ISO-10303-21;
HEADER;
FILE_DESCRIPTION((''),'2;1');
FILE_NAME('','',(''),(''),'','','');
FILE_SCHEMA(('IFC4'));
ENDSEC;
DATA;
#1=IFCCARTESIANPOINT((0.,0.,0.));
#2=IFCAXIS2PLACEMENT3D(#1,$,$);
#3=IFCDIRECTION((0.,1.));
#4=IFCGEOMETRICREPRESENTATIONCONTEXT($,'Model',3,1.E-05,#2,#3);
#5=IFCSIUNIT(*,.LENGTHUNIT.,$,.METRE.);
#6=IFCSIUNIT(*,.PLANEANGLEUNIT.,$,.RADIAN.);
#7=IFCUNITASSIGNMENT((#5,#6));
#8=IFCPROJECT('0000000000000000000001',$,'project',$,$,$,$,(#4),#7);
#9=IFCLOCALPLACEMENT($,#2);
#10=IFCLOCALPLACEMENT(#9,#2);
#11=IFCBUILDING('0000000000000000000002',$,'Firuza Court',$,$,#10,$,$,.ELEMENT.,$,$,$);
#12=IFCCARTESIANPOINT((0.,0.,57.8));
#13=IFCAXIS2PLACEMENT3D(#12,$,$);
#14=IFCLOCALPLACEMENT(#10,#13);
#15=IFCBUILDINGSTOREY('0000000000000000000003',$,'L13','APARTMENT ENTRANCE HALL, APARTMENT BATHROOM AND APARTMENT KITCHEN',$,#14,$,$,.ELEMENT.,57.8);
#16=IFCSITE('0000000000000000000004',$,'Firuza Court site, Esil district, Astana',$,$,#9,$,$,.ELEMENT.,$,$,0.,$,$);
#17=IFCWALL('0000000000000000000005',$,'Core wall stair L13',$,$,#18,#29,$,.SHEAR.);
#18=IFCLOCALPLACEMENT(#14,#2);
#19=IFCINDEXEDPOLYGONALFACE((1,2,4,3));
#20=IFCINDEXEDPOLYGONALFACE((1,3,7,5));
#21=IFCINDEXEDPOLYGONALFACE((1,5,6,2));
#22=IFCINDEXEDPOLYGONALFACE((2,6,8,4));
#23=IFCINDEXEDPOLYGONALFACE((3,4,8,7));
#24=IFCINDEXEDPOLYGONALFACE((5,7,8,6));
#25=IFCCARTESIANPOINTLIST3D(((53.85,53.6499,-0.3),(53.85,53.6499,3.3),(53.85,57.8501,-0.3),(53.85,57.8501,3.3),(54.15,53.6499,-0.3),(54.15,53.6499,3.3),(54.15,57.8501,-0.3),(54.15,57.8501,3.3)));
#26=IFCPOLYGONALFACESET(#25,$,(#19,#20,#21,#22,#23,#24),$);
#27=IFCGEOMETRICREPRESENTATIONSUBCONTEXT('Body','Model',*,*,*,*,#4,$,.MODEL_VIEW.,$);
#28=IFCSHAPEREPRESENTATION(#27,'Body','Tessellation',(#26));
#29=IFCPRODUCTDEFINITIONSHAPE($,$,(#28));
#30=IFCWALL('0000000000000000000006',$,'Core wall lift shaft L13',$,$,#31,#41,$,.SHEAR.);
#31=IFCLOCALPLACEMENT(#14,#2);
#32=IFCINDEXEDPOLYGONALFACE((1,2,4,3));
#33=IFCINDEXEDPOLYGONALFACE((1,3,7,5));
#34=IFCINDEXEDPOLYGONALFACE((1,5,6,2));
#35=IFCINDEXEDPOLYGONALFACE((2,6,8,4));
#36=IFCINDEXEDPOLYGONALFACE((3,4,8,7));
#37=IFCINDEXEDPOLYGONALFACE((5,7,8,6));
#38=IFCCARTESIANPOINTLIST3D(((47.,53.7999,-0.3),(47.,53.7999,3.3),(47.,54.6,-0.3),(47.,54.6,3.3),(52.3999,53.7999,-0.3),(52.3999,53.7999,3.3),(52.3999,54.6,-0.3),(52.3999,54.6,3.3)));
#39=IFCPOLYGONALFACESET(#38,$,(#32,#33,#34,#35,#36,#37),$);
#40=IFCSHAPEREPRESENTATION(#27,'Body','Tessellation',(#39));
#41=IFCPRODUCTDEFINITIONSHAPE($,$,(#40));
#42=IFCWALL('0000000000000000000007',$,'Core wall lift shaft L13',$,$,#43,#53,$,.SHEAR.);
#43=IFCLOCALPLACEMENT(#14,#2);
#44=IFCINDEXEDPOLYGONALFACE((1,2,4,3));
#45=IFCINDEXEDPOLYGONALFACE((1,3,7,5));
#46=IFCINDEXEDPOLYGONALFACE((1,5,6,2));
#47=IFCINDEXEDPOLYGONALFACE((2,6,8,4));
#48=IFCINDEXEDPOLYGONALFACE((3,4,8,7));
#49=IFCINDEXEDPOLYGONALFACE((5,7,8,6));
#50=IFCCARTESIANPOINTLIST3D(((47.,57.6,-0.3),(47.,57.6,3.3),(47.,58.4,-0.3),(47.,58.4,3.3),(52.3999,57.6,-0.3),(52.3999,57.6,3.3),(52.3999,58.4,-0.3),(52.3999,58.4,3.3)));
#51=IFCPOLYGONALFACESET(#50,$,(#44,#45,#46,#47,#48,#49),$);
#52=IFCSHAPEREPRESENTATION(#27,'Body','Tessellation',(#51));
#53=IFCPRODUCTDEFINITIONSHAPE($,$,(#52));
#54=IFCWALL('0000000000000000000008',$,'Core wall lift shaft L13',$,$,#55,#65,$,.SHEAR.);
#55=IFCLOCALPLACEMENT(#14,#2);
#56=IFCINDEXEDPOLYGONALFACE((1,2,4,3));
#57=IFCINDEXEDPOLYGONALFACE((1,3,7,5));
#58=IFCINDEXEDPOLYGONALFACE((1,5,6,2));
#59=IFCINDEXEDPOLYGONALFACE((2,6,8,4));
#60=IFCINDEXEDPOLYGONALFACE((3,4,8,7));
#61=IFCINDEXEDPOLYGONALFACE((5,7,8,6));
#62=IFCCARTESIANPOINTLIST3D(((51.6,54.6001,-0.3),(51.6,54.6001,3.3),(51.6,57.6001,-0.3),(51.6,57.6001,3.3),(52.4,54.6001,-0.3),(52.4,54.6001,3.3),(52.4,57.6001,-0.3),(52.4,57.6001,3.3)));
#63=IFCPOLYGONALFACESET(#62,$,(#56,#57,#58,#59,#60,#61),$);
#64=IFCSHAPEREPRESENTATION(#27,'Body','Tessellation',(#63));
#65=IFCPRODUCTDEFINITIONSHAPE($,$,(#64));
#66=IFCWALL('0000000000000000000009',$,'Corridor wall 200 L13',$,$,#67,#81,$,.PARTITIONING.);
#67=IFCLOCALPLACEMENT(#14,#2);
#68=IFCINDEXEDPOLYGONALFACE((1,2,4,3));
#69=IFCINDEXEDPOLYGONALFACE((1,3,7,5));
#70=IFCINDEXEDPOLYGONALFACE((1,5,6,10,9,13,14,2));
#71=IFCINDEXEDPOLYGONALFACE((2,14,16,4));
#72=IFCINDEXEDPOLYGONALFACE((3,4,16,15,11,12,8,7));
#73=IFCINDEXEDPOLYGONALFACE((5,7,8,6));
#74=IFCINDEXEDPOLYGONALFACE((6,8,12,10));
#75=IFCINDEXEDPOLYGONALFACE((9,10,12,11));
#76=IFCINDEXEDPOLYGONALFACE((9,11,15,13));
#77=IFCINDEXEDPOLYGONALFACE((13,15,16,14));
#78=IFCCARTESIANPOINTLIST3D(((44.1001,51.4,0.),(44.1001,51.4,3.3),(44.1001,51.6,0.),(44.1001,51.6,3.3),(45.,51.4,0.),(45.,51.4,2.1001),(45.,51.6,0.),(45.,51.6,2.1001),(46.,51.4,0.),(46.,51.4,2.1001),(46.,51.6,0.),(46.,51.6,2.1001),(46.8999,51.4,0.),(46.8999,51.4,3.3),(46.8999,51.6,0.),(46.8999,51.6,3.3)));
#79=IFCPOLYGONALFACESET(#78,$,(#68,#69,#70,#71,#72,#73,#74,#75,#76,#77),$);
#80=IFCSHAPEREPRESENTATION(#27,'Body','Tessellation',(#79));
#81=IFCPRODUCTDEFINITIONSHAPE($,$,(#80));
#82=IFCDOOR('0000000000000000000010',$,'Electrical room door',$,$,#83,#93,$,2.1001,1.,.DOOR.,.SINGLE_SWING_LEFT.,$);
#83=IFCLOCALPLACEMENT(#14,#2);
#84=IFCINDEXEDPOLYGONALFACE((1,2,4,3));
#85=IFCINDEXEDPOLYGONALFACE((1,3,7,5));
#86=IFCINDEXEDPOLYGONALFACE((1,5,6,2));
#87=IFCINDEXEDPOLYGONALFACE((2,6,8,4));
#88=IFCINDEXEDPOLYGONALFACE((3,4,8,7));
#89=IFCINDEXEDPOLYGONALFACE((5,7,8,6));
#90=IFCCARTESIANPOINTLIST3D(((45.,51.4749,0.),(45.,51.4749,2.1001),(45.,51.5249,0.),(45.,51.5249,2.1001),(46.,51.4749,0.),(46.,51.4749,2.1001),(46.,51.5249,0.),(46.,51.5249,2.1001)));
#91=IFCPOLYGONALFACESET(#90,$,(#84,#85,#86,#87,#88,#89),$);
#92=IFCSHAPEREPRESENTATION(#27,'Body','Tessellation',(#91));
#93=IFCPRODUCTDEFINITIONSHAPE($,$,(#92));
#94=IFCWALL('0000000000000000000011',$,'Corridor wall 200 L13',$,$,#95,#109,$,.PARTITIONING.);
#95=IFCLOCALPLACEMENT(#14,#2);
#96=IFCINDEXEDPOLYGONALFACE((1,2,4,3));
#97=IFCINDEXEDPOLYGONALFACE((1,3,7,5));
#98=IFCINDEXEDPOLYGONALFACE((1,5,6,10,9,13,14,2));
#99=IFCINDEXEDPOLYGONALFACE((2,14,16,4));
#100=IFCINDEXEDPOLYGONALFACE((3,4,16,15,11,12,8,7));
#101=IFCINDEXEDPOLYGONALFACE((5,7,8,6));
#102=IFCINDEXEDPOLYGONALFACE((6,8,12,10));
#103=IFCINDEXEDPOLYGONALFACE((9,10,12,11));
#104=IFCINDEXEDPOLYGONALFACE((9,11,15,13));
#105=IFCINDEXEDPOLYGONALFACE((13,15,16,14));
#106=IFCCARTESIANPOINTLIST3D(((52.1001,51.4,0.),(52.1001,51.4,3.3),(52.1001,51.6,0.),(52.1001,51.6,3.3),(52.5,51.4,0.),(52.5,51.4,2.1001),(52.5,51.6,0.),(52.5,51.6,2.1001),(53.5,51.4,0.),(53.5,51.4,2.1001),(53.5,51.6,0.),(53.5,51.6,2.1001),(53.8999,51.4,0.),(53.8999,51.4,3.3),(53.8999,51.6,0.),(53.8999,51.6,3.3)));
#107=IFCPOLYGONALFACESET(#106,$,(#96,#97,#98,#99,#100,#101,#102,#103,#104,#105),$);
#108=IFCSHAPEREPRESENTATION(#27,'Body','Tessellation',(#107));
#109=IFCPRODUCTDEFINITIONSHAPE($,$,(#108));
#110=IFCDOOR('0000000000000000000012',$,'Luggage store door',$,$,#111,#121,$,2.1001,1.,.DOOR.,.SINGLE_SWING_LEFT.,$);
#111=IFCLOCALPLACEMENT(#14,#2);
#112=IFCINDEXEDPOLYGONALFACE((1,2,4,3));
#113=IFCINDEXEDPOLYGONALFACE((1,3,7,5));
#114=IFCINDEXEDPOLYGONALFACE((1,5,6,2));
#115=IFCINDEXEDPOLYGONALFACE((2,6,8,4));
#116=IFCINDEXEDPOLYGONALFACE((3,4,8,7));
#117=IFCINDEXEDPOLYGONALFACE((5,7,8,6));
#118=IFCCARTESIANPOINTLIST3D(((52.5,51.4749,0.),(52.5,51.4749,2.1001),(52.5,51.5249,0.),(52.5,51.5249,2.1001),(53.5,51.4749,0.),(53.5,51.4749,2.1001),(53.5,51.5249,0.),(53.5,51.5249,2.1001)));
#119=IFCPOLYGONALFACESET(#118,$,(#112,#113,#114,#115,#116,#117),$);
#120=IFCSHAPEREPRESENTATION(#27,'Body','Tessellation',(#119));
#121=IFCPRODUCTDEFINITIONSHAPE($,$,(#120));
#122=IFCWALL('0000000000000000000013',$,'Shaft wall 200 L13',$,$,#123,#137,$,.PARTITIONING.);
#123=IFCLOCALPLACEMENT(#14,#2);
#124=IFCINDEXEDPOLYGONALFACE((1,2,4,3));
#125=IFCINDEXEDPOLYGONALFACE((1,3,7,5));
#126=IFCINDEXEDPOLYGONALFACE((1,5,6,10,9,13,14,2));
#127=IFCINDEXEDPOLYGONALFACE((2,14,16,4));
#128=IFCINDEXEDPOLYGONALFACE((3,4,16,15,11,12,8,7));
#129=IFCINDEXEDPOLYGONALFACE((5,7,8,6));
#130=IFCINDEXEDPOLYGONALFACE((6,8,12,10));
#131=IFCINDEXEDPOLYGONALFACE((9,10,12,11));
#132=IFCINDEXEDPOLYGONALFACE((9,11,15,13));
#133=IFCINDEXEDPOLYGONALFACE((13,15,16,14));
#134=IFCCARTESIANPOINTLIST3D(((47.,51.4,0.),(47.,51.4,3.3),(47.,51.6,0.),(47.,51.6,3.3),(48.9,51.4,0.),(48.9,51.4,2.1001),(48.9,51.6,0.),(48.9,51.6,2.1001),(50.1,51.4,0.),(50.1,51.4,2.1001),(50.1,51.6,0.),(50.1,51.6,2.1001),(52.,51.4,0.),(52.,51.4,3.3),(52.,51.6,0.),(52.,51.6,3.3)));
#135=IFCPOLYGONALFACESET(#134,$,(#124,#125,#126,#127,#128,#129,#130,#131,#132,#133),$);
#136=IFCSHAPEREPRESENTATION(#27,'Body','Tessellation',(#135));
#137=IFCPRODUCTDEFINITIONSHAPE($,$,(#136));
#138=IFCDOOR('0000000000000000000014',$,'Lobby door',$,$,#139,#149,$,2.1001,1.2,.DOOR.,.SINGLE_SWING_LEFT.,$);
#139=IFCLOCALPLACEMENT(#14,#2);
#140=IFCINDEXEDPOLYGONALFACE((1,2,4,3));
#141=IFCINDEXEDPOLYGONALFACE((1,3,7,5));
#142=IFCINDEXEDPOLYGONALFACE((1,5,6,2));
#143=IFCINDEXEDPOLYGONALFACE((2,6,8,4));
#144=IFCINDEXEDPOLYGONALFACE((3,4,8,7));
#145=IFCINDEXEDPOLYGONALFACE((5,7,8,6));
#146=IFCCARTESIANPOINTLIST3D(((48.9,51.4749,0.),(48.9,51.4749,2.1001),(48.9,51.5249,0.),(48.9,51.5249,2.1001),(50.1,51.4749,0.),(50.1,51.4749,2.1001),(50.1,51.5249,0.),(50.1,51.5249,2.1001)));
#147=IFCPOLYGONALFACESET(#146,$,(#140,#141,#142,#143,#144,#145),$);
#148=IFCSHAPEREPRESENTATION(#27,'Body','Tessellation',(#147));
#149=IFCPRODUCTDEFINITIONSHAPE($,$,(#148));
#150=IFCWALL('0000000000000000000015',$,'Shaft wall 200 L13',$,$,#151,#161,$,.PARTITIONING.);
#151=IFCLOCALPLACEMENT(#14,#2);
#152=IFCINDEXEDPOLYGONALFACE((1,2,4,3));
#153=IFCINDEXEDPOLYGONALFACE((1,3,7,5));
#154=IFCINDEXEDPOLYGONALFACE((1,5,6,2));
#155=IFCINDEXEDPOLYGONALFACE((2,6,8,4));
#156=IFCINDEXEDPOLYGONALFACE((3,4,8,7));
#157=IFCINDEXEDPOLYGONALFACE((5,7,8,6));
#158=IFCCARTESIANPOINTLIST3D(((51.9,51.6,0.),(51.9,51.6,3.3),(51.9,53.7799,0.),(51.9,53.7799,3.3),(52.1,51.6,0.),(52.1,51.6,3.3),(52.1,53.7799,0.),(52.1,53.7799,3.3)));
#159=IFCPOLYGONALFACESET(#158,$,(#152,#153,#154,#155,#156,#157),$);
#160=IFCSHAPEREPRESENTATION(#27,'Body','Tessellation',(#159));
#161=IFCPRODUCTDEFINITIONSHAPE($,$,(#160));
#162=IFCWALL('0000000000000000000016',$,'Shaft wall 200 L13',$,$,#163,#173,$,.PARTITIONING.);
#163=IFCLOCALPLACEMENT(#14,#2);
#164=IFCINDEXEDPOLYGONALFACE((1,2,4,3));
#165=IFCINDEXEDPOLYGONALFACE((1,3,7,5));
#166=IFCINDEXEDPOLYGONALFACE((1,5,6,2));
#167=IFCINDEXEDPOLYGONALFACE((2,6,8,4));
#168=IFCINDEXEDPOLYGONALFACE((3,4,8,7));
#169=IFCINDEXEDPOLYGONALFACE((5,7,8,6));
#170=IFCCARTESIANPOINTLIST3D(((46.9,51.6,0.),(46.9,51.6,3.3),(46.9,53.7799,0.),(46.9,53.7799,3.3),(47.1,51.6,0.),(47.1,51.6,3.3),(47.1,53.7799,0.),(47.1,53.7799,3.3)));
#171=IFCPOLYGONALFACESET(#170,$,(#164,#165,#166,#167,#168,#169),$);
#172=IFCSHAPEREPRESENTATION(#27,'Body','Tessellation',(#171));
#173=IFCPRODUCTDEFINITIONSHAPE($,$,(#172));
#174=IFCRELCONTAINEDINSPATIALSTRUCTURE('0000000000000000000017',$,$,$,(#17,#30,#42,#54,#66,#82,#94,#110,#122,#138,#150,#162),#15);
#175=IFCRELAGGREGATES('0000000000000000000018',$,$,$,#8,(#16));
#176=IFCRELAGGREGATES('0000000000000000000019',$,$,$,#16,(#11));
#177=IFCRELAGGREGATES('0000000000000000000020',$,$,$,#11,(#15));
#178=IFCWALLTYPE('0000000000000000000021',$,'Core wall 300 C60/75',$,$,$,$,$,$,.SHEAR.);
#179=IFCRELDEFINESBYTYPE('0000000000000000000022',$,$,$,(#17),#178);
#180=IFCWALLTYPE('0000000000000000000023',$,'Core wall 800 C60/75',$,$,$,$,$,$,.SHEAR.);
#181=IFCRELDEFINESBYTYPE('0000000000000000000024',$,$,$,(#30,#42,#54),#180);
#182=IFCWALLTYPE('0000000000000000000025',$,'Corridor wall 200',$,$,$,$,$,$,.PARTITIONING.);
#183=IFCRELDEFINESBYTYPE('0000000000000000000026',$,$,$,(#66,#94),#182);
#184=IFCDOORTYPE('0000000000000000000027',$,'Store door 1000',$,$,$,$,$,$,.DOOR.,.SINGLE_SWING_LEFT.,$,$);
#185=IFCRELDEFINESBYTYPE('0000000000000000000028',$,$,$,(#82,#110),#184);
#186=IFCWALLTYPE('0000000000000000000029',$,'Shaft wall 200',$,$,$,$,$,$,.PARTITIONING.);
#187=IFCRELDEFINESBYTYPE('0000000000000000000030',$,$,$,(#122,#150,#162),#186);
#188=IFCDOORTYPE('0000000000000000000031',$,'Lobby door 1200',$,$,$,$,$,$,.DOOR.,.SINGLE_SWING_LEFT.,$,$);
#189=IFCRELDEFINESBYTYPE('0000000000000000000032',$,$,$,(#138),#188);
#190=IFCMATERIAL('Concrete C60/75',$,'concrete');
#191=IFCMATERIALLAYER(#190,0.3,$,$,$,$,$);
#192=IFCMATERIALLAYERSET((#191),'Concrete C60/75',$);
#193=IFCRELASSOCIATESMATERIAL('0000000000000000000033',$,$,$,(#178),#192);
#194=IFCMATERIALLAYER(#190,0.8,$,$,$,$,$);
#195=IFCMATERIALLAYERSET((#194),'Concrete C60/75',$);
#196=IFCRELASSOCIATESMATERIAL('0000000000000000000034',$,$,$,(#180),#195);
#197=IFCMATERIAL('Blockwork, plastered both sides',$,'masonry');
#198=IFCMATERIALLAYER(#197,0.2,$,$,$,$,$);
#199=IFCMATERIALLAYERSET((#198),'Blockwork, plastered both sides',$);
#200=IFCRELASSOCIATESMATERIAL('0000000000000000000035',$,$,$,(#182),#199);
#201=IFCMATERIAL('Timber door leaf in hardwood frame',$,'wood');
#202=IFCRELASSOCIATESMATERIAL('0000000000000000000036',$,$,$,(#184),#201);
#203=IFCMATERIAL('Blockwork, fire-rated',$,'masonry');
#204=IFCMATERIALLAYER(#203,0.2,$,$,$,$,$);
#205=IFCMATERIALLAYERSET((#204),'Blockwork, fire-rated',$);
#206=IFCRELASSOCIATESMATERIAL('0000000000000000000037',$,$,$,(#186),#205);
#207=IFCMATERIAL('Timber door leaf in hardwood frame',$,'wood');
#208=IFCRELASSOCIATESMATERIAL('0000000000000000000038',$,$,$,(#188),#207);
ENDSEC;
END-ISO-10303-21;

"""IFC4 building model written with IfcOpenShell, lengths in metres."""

from ifc_helpers import new_model, si_unit, direction, frame, frame_2d, origin, place, context, subcontext, project, spatial, rectangle, extrude, material, layer, layer_set, type_object, element, fill, save


model = new_model("IFC4")

# Units and contexts
model_context = context("Model", 3, precision=1e-05, world=origin(), true_north=direction((0.0, 1.0)))
body_context = subcontext(model_context, "Body", "Model", "MODEL_VIEW")
ifc_project = project(units=[si_unit("LENGTHUNIT", "METRE"), si_unit("PLANEANGLEUNIT", "RADIAN")], contexts=[model_context])

# Site, building, storey
site_placement = place(None, origin())
site = spatial("IfcSite", under=ifc_project, at=site_placement, Name="Firuza Court site, Esil district, Astana", CompositionType="ELEMENT", RefElevation=0.0)
building_placement = place(site_placement, origin())
building = spatial("IfcBuilding", under=site, at=building_placement, Name="Firuza Court", CompositionType="ELEMENT")
storey_placement = place(building_placement, frame((0.0, 0.0, 57.8)))
storey = spatial("IfcBuildingStorey", under=building, at=storey_placement, Name="L13", Description="APARTMENT ENTRANCE HALL, APARTMENT BATHROOM AND APARTMENT KITCHEN", CompositionType="ELEMENT", Elevation=57.8)

# Shared definitions
ifc_material_1 = material(Name="Concrete C60/75", Category="concrete")
ifc_layer_1 = layer(ifc_material_1, 0.3)
ifc_layer_set_1 = layer_set([ifc_layer_1], Name="Concrete C60/75")
wall_type_1 = type_object("IfcWallType", Name="Core wall 300 C60/75", PredefinedType="SHEAR", material=ifc_layer_set_1)

# Walls
wall_1_placement = place(storey_placement, frame((54.0, 53.6499, -0.3), z_axis=(0.0, 0.0, 1.0), x_axis=(0.0, 1.0, 0.0)))
element("IfcWall", 1, at=wall_1_placement, inside=storey, type_object=wall_type_1, Name="Core wall stair L13", PredefinedType="SHEAR", context=body_context, shape_type="SweptSolid", body=[
    extrude(rectangle(XDim=4.2002, YDim=0.3, at=frame_2d((2.1001, 0.0))), origin(), (0.0, 0.0, 1.0), 3.6001),
])
ifc_layer_2 = layer(ifc_material_1, 0.8)
ifc_layer_set_2 = layer_set([ifc_layer_2], Name="Concrete C60/75")
wall_type_2 = type_object("IfcWallType", Name="Core wall 800 C60/75", PredefinedType="SHEAR", material=ifc_layer_set_2)
for number, where, z_axis, x_axis, name in (
    (2, (47.0, 54.2, -0.3), (0.0, 0.0, 1.0), (1.0, 0.0, 0.0), "Core wall lift shaft L13"),
    (3, (47.0, 58.0, -0.3), (0.0, 0.0, 1.0), (1.0, 0.0, 0.0), "Core wall lift shaft L13"),
):
    element("IfcWall", number, at=place(storey_placement, frame(where, z_axis=z_axis, x_axis=x_axis)), inside=storey, type_object=wall_type_2, Name=name, PredefinedType="SHEAR", context=body_context, shape_type="SweptSolid", body=[
        extrude(rectangle(XDim=5.3999, YDim=0.8, at=frame_2d((2.7, 0.0))), origin(), (0.0, 0.0, 1.0), 3.6001),
    ])
wall_2_placement = place(storey_placement, frame((52.0, 54.6001, -0.3), z_axis=(0.0, 0.0, 1.0), x_axis=(0.0, 1.0, 0.0)))
element("IfcWall", 4, at=wall_2_placement, inside=storey, type_object=wall_type_2, Name="Core wall lift shaft L13", PredefinedType="SHEAR", context=body_context, shape_type="SweptSolid", body=[
    extrude(rectangle(XDim=3.0, YDim=0.8, at=frame_2d((1.5, 0.0))), origin(), (0.0, 0.0, 1.0), 3.6001),
])

# Walls, openings, doors
ifc_material_2 = material(Name="Blockwork, plastered both sides", Category="masonry")
ifc_layer_3 = layer(ifc_material_2, 0.2)
ifc_layer_set_3 = layer_set([ifc_layer_3], Name="Blockwork, plastered both sides")
wall_type_3 = type_object("IfcWallType", Name="Corridor wall 200", PredefinedType="PARTITIONING", material=ifc_layer_set_3)
wall_3_placement = place(storey_placement, frame((44.1001, 51.5, 0.0), z_axis=(0.0, 0.0, 1.0), x_axis=(1.0, 0.0, 0.0)))
wall_3 = element("IfcWall", 5, at=wall_3_placement, inside=storey, type_object=wall_type_3, Name="Corridor wall 200 L13", PredefinedType="PARTITIONING", context=body_context, shape_type="SweptSolid", body=[
    extrude(rectangle(XDim=2.7998, YDim=0.2, at=frame_2d((1.3999, 0.0))), origin(), (0.0, 0.0, 1.0), 3.3),
])
opening_1_placement = place(wall_3_placement, frame((0.8999, 0.0, 0.0)))
opening_1 = element("IfcOpeningElement", 6, at=opening_1_placement, cuts=wall_3, PredefinedType="OPENING", context=body_context, shape_type="SweptSolid", body=[
    extrude(rectangle(XDim=1.0, YDim=2.1001, at=frame_2d((0.5, 1.05))), frame((0.0, 0.1118, 0.0), z_axis=(0.0, -1.0, 0.0), x_axis=(1.0, 0.0, 0.0)), (0.0, 0.0, 1.0), 0.2239),
])
ifc_material_3 = material(Name="Timber door leaf in hardwood frame", Category="wood")
door_type_1 = type_object("IfcDoorType", Name="Store door 1000", OperationType="SINGLE_SWING_LEFT", PredefinedType="DOOR", material=ifc_material_3)
door_1_placement = place(opening_1_placement, origin())
door_1 = element("IfcDoor", 7, at=door_1_placement, inside=storey, type_object=door_type_1, Name="Electrical room door", OperationType="SINGLE_SWING_LEFT", OverallHeight=2.1001, OverallWidth=1.0, PredefinedType="DOOR", context=body_context, shape_type="SweptSolid", body=[
    extrude(rectangle(XDim=1.0, YDim=2.1001, at=frame_2d((0.5, 1.05))), frame((0.0, 0.0249, 0.0), z_axis=(0.0, -1.0, 0.0), x_axis=(1.0, 0.0, 0.0)), (0.0, 0.0, 1.0), 0.05),
])
fill(opening_1, door_1)
wall_4_placement = place(storey_placement, frame((52.1001, 51.5, 0.0), z_axis=(0.0, 0.0, 1.0), x_axis=(1.0, 0.0, 0.0)))
wall_4 = element("IfcWall", 8, at=wall_4_placement, inside=storey, type_object=wall_type_3, Name="Corridor wall 200 L13", PredefinedType="PARTITIONING", context=body_context, shape_type="SweptSolid", body=[
    extrude(rectangle(XDim=1.7998, YDim=0.2, at=frame_2d((0.8999, 0.0))), origin(), (0.0, 0.0, 1.0), 3.3),
])
opening_2_placement = place(wall_4_placement, frame((0.3999, 0.0, 0.0)))
opening_2 = element("IfcOpeningElement", 9, at=opening_2_placement, cuts=wall_4, PredefinedType="OPENING", context=body_context, shape_type="SweptSolid", body=[
    extrude(rectangle(XDim=1.0, YDim=2.1001, at=frame_2d((0.5, 1.05))), frame((0.0, 0.1118, 0.0), z_axis=(0.0, -1.0, 0.0), x_axis=(1.0, 0.0, 0.0)), (0.0, 0.0, 1.0), 0.2239),
])
door_2_placement = place(opening_2_placement, origin())
door_2 = element("IfcDoor", 10, at=door_2_placement, inside=storey, type_object=door_type_1, Name="Luggage store door", OperationType="SINGLE_SWING_LEFT", OverallHeight=2.1001, OverallWidth=1.0, PredefinedType="DOOR", context=body_context, shape_type="SweptSolid", body=[
    extrude(rectangle(XDim=1.0, YDim=2.1001, at=frame_2d((0.5, 1.05))), frame((0.0, 0.0249, 0.0), z_axis=(0.0, -1.0, 0.0), x_axis=(1.0, 0.0, 0.0)), (0.0, 0.0, 1.0), 0.05),
])
fill(opening_2, door_2)
ifc_material_4 = material(Name="Blockwork, fire-rated", Category="masonry")
ifc_layer_4 = layer(ifc_material_4, 0.2)
ifc_layer_set_4 = layer_set([ifc_layer_4], Name="Blockwork, fire-rated")
wall_type_4 = type_object("IfcWallType", Name="Shaft wall 200", PredefinedType="PARTITIONING", material=ifc_layer_set_4)
wall_5_placement = place(storey_placement, frame((47.0, 51.5, 0.0), z_axis=(0.0, 0.0, 1.0), x_axis=(1.0, 0.0, 0.0)))
wall_5 = element("IfcWall", 11, at=wall_5_placement, inside=storey, type_object=wall_type_4, Name="Shaft wall 200 L13", PredefinedType="PARTITIONING", context=body_context, shape_type="SweptSolid", body=[
    extrude(rectangle(XDim=5.0, YDim=0.2, at=frame_2d((2.5, 0.0))), origin(), (0.0, 0.0, 1.0), 3.3),
])
opening_3_placement = place(wall_5_placement, frame((1.8999, 0.0, 0.0)))
opening_3 = element("IfcOpeningElement", 12, at=opening_3_placement, cuts=wall_5, PredefinedType="OPENING", context=body_context, shape_type="SweptSolid", body=[
    extrude(rectangle(XDim=1.2, YDim=2.1001, at=frame_2d((0.6001, 1.05))), frame((0.0, 0.1118, 0.0), z_axis=(0.0, -1.0, 0.0), x_axis=(1.0, 0.0, 0.0)), (0.0, 0.0, 1.0), 0.2239),
])
ifc_material_5 = material(Name="Timber door leaf in hardwood frame", Category="wood")
door_type_2 = type_object("IfcDoorType", Name="Lobby door 1200", OperationType="SINGLE_SWING_LEFT", PredefinedType="DOOR", material=ifc_material_5)
door_3_placement = place(opening_3_placement, origin())
door_3 = element("IfcDoor", 13, at=door_3_placement, inside=storey, type_object=door_type_2, Name="Lobby door", OperationType="SINGLE_SWING_LEFT", OverallHeight=2.1001, OverallWidth=1.2, PredefinedType="DOOR", context=body_context, shape_type="SweptSolid", body=[
    extrude(rectangle(XDim=1.2, YDim=2.1001, at=frame_2d((0.6001, 1.05))), frame((0.0, 0.0249, 0.0), z_axis=(0.0, -1.0, 0.0), x_axis=(1.0, 0.0, 0.0)), (0.0, 0.0, 1.0), 0.05),
])
fill(opening_3, door_3)

# Walls
for number, where, z_axis, x_axis, name in (
    (14, (52.0, 51.6001, 0.0), (0.0, 0.0, 1.0), (0.0, 1.0, 0.0), "Shaft wall 200 L13"),
    (15, (47.0, 51.6001, 0.0), (0.0, 0.0, 1.0), (0.0, 1.0, 0.0), "Shaft wall 200 L13"),
):
    element("IfcWall", number, at=place(storey_placement, frame(where, z_axis=z_axis, x_axis=x_axis)), inside=storey, type_object=wall_type_4, Name=name, PredefinedType="PARTITIONING", context=body_context, shape_type="SweptSolid", body=[
        extrude(rectangle(XDim=2.1799, YDim=0.2, at=frame_2d((1.0898, 0.0))), origin(), (0.0, 0.0, 1.0), 3.3),
    ])

save(model, "model.ifc")
